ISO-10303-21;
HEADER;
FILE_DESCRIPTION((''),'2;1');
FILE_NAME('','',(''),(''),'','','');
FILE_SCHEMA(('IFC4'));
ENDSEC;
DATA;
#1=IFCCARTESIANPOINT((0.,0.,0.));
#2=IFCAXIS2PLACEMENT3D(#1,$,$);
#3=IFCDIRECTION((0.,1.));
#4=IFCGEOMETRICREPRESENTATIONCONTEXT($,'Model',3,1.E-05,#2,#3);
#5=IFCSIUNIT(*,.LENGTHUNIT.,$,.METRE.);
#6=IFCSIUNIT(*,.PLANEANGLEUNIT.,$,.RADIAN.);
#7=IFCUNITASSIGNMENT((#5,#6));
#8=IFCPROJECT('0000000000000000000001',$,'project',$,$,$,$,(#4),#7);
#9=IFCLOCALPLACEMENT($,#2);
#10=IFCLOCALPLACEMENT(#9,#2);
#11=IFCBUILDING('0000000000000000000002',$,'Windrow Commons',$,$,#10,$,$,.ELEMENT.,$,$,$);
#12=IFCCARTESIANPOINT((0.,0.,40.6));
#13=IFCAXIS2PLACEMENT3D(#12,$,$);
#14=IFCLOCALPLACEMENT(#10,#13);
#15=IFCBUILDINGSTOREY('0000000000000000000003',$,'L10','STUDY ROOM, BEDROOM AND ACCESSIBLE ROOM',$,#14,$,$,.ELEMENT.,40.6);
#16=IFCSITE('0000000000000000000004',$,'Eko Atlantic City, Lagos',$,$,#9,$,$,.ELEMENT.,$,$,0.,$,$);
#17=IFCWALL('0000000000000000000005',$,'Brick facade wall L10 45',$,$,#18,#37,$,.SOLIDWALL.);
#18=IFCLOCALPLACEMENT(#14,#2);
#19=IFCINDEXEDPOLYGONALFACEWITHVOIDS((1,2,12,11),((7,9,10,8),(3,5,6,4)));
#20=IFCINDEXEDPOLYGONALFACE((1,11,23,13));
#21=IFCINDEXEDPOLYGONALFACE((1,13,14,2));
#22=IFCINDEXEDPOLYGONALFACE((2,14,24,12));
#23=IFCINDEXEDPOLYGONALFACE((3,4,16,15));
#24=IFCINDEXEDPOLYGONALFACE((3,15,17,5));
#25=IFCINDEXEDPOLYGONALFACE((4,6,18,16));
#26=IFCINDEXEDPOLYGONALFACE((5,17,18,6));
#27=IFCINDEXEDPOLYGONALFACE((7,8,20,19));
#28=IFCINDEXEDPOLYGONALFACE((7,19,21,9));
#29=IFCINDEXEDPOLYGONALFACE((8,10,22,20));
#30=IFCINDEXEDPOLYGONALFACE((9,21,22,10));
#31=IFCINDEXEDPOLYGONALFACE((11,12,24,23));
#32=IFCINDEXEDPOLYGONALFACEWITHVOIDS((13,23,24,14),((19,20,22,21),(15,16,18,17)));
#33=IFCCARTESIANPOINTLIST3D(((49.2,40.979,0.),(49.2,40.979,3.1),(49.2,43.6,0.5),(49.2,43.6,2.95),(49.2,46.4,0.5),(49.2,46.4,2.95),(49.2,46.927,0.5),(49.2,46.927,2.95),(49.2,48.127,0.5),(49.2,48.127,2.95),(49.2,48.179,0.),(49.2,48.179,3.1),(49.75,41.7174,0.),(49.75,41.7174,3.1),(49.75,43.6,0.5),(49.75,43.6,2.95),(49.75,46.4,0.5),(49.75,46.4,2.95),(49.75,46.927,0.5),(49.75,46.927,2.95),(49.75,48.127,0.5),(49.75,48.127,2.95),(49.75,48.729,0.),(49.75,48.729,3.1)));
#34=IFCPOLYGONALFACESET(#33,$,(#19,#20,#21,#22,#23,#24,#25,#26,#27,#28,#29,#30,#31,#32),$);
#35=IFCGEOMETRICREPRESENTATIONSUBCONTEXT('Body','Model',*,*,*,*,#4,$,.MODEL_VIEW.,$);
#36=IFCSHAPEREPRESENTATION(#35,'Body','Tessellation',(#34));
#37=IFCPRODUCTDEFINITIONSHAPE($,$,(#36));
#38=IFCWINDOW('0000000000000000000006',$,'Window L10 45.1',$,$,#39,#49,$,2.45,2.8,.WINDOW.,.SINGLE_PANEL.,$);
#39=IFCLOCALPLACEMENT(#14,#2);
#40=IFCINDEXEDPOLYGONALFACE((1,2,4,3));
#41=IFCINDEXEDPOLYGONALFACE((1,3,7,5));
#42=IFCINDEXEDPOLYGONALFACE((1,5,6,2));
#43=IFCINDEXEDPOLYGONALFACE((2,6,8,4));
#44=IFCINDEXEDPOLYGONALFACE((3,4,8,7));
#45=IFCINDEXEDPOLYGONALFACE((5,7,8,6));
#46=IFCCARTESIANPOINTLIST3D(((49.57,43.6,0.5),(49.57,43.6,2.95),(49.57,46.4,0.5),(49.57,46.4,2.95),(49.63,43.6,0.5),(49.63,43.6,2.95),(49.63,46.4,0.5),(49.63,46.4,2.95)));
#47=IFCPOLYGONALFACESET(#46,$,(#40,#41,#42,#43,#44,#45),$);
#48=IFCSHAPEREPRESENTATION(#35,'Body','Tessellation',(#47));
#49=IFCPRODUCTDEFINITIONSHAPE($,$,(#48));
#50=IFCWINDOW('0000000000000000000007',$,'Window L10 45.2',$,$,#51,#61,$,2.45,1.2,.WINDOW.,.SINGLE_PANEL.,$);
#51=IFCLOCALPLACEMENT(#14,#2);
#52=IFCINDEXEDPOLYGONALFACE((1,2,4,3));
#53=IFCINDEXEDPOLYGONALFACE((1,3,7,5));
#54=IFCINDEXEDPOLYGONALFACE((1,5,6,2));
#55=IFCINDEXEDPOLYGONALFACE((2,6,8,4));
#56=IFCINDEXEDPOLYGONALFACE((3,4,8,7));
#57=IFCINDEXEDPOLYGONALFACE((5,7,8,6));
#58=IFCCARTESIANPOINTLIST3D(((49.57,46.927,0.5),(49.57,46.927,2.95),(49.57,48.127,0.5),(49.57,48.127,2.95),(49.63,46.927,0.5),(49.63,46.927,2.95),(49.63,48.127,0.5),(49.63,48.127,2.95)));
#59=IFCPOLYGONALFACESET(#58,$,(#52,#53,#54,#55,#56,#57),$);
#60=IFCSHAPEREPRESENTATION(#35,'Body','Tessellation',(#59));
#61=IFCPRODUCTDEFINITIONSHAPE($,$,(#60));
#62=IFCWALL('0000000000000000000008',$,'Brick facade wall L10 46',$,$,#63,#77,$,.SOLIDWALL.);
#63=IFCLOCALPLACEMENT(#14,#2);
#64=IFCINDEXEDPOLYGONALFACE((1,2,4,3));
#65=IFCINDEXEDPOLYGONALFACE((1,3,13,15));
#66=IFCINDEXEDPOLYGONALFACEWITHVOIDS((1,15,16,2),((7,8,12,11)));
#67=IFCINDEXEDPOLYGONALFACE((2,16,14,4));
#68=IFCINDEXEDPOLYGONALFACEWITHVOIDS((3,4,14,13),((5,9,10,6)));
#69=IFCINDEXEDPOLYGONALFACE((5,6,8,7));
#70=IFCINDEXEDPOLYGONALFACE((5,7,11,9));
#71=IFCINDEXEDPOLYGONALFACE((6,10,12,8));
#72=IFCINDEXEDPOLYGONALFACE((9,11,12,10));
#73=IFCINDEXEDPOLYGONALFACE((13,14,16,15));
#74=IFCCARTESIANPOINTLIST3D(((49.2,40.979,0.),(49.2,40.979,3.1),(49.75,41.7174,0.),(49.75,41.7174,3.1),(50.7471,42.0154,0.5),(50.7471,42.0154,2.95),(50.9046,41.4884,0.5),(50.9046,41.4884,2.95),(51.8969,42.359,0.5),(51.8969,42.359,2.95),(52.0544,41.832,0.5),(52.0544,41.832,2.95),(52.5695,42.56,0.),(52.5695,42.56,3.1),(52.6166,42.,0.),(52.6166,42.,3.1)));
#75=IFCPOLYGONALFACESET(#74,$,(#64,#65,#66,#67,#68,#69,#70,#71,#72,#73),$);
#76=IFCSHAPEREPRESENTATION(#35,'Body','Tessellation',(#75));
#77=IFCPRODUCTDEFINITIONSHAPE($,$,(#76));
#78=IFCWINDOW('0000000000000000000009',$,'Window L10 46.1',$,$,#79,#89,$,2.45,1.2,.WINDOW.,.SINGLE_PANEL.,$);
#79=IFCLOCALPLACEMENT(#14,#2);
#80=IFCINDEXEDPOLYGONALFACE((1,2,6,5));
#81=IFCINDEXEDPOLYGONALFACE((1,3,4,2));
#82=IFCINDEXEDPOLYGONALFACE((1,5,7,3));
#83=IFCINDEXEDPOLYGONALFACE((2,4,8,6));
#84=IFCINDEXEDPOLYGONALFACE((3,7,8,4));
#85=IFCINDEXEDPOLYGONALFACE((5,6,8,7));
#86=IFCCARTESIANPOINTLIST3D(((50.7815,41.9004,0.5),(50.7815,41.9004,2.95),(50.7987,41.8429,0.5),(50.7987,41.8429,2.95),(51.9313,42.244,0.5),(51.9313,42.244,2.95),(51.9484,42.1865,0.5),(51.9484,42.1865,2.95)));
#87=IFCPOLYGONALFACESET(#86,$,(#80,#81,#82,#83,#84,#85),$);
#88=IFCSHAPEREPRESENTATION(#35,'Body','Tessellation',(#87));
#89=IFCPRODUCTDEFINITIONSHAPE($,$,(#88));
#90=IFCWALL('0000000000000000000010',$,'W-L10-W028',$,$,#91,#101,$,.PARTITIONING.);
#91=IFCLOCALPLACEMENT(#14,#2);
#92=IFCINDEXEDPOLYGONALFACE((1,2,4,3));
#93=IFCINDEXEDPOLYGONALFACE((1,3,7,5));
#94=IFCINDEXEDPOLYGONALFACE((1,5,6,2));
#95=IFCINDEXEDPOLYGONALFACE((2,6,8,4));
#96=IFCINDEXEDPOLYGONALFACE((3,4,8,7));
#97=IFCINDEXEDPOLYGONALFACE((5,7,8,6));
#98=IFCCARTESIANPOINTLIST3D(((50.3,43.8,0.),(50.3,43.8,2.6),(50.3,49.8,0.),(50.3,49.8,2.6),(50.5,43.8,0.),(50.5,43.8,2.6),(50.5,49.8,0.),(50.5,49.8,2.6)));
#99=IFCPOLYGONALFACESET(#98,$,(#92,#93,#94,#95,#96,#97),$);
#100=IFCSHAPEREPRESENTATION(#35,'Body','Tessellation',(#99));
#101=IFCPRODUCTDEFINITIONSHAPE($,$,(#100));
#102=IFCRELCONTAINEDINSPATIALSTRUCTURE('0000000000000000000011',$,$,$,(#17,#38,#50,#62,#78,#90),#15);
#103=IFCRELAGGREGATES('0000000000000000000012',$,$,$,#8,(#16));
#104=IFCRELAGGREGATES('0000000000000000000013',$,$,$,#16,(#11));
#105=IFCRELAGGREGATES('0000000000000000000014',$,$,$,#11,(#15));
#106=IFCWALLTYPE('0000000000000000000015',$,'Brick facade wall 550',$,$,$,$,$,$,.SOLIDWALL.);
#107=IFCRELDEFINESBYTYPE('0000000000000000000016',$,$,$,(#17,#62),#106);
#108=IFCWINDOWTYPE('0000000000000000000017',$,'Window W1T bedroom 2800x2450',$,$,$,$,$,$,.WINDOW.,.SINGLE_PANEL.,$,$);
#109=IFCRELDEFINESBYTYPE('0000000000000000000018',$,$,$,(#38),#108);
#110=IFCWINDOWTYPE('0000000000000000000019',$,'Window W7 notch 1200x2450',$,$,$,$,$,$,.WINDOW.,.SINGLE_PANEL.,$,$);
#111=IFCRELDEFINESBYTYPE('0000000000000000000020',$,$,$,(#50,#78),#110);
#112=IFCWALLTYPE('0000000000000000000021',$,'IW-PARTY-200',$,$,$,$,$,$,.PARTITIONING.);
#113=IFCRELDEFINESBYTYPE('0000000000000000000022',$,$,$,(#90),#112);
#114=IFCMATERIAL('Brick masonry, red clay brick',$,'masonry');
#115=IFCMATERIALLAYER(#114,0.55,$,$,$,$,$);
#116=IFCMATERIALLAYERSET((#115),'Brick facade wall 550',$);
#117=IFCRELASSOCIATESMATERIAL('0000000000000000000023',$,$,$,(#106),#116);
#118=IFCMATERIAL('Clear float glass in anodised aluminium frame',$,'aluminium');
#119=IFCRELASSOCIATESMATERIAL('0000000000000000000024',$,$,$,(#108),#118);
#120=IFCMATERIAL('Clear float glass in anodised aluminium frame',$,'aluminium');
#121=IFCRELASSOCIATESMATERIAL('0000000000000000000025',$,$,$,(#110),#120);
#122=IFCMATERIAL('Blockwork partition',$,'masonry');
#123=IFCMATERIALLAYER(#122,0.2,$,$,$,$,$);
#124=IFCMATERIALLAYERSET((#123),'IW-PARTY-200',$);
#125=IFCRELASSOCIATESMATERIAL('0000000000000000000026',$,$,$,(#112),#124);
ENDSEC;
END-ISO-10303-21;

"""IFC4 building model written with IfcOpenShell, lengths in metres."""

from ifc_helpers import new_model, si_unit, direction, frame, frame_2d, origin, place, context, subcontext, project, spatial, polyline, rectangle, outline, extrude, material, layer, layer_set, type_object, element, fill, save


model = new_model("IFC4")

# Units and contexts
model_context = context("Model", 3, precision=1e-05, world=origin(), true_north=direction((0.0, 1.0)))
body_context = subcontext(model_context, "Body", "Model", "MODEL_VIEW")
ifc_project = project(units=[si_unit("LENGTHUNIT", "METRE"), si_unit("PLANEANGLEUNIT", "RADIAN")], contexts=[model_context])

# Site, building, storey
site_placement = place(None, origin())
site = spatial("IfcSite", under=ifc_project, at=site_placement, Name="Eko Atlantic City, Lagos", CompositionType="ELEMENT", RefElevation=0.0)
building_placement = place(site_placement, origin())
building = spatial("IfcBuilding", under=site, at=building_placement, Name="Windrow Commons", CompositionType="ELEMENT")
storey_placement = place(building_placement, frame((0.0, 0.0, 40.6)))
storey = spatial("IfcBuildingStorey", under=building, at=storey_placement, Name="L10", Description="STUDY ROOM, BEDROOM AND ACCESSIBLE ROOM", CompositionType="ELEMENT", Elevation=40.6)

# Wall, openings, windows
ifc_material_1 = material(Name="Brick masonry, red clay brick", Category="masonry")
ifc_layer_1 = layer(ifc_material_1, 0.55)
ifc_layer_set_1 = layer_set([ifc_layer_1], Name="Brick facade wall 550")
wall_type_1 = type_object("IfcWallType", Name="Brick facade wall 550", PredefinedType="SOLIDWALL", material=ifc_layer_set_1)
ifc_material_2 = material(Name="Clear float glass in anodised aluminium frame", Category="aluminium")
window_type_1 = type_object("IfcWindowType", Name="Window W1T bedroom 2800x2450", PartitioningType="SINGLE_PANEL", PredefinedType="WINDOW", material=ifc_material_2)
ifc_material_3 = material(Name="Clear float glass in anodised aluminium frame", Category="aluminium")
window_type_2 = type_object("IfcWindowType", Name="Window W7 notch 1200x2450", PartitioningType="SINGLE_PANEL", PredefinedType="WINDOW", material=ifc_material_3)
wall_1_placement = place(storey_placement, frame((49.475, 48.454, 0.0), z_axis=(0.0, 0.0, 1.0), x_axis=(0.0, -1.0, 0.0)))
wall_1 = element("IfcWall", 1, at=wall_1_placement, inside=storey, type_object=wall_type_1, Name="Brick facade wall L10 45", PredefinedType="SOLIDWALL", context=body_context, shape_type="SweptSolid", body=[
    extrude(outline(polyline([(0.275, -0.275), (7.475, -0.275), (6.7366, 0.275), (-0.275, 0.275), (0.275, -0.275)])), origin(), (0.0, 0.0, 1.0), 3.1),
])
opening_1_placement = place(wall_1_placement, frame((2.054, 0.0, 0.5)))
opening_1 = element("IfcOpeningElement", 2, at=opening_1_placement, cuts=wall_1, PredefinedType="OPENING", context=body_context, shape_type="SweptSolid", body=[
    extrude(rectangle(XDim=2.8, YDim=2.45, at=frame_2d((1.4, 1.225))), frame((0.0, 0.285, 0.0), z_axis=(0.0, -1.0, 0.0), x_axis=(1.0, 0.0, 0.0)), (0.0, 0.0, 1.0), 0.57),
])
opening_2_placement = place(wall_1_placement, frame((0.327, 0.0, 0.5)))
opening_2 = element("IfcOpeningElement", 3, at=opening_2_placement, cuts=wall_1, PredefinedType="OPENING", context=body_context, shape_type="SweptSolid", body=[
    extrude(rectangle(XDim=1.2, YDim=2.45, at=frame_2d((0.6, 1.225))), frame((0.0, 0.285, 0.0), z_axis=(0.0, -1.0, 0.0), x_axis=(1.0, 0.0, 0.0)), (0.0, 0.0, 1.0), 0.57),
])
window_1_placement = place(opening_1_placement, origin())
window_1 = element("IfcWindow", 4, at=window_1_placement, inside=storey, type_object=window_type_1, Name="Window L10 45.1", OverallHeight=2.45, OverallWidth=2.8, PartitioningType="SINGLE_PANEL", PredefinedType="WINDOW", context=body_context, shape_type="SweptSolid", body=[
    extrude(rectangle(XDim=2.8, YDim=2.45, at=frame_2d((1.4, 1.225))), frame((0.0, 0.155, 0.0), z_axis=(0.0, -1.0, 0.0), x_axis=(1.0, 0.0, 0.0)), (0.0, 0.0, 1.0), 0.06),
])
fill(opening_1, window_1)
window_2_placement = place(opening_2_placement, origin())
window_2 = element("IfcWindow", 5, at=window_2_placement, inside=storey, type_object=window_type_2, Name="Window L10 45.2", OverallHeight=2.45, OverallWidth=1.2, PartitioningType="SINGLE_PANEL", PredefinedType="WINDOW", context=body_context, shape_type="SweptSolid", body=[
    extrude(rectangle(XDim=1.2, YDim=2.45, at=frame_2d((0.6, 1.225))), frame((0.0, 0.155, 0.0), z_axis=(0.0, -1.0, 0.0), x_axis=(1.0, 0.0, 0.0)), (0.0, 0.0, 1.0), 0.06),
])
fill(opening_2, window_2)

# Wall, opening, window
wall_2_placement = place(storey_placement, frame((49.475, 41.3482, 0.0), z_axis=(0.0, 0.0, 1.0), x_axis=(0.958133, 0.286324, 0.0)))
wall_2 = element("IfcWall", 6, at=wall_2_placement, inside=storey, type_object=wall_type_1, Name="Brick facade wall L10 46", PredefinedType="SOLIDWALL", context=body_context, shape_type="SweptSolid", body=[
    extrude(outline(polyline([(-0.3692, -0.275), (3.1967, -0.275), (3.3119, 0.275), (0.3692, 0.275), (-0.3692, -0.275)])), origin(), (0.0, 0.0, 1.0), 3.1),
])
opening_3_placement = place(wall_2_placement, frame((1.4099, 0.0, 0.5)))
opening_3 = element("IfcOpeningElement", 7, at=opening_3_placement, cuts=wall_2, PredefinedType="OPENING", context=body_context, shape_type="SweptSolid", body=[
    extrude(rectangle(XDim=1.2, YDim=2.45, at=frame_2d((0.6, 1.225))), frame((0.0, 0.285, 0.0), z_axis=(0.0, -1.0, 0.0), x_axis=(1.0, 0.0, 0.0)), (0.0, 0.0, 1.0), 0.57),
])
window_3_placement = place(opening_3_placement, origin())
window_3 = element("IfcWindow", 8, at=window_3_placement, inside=storey, type_object=window_type_2, Name="Window L10 46.1", OverallHeight=2.45, OverallWidth=1.2, PartitioningType="SINGLE_PANEL", PredefinedType="WINDOW", context=body_context, shape_type="SweptSolid", body=[
    extrude(rectangle(XDim=1.2, YDim=2.45, at=frame_2d((0.6, 1.225))), frame((0.0, 0.155, 0.0), z_axis=(0.0, -1.0, 0.0), x_axis=(1.0, 0.0, 0.0)), (0.0, 0.0, 1.0), 0.06),
])
fill(opening_3, window_3)

# Wall
ifc_material_4 = material(Name="Blockwork partition", Category="masonry")
ifc_layer_2 = layer(ifc_material_4, 0.2)
ifc_layer_set_2 = layer_set([ifc_layer_2], Name="IW-PARTY-200")
wall_type_2 = type_object("IfcWallType", Name="IW-PARTY-200", PredefinedType="PARTITIONING", material=ifc_layer_set_2)
wall_3_placement = place(storey_placement, frame((50.4, 43.8, 0.0), z_axis=(0.0, 0.0, 1.0), x_axis=(0.0, 1.0, 0.0)))
element("IfcWall", 9, at=wall_3_placement, inside=storey, type_object=wall_type_2, Name="W-L10-W028", PredefinedType="PARTITIONING", context=body_context, shape_type="SweptSolid", body=[
    extrude(rectangle(XDim=6.0, YDim=0.2, at=frame_2d((3.0, 0.0))), origin(), (0.0, 0.0, 1.0), 2.6),
])

save(model, "model.ifc")
